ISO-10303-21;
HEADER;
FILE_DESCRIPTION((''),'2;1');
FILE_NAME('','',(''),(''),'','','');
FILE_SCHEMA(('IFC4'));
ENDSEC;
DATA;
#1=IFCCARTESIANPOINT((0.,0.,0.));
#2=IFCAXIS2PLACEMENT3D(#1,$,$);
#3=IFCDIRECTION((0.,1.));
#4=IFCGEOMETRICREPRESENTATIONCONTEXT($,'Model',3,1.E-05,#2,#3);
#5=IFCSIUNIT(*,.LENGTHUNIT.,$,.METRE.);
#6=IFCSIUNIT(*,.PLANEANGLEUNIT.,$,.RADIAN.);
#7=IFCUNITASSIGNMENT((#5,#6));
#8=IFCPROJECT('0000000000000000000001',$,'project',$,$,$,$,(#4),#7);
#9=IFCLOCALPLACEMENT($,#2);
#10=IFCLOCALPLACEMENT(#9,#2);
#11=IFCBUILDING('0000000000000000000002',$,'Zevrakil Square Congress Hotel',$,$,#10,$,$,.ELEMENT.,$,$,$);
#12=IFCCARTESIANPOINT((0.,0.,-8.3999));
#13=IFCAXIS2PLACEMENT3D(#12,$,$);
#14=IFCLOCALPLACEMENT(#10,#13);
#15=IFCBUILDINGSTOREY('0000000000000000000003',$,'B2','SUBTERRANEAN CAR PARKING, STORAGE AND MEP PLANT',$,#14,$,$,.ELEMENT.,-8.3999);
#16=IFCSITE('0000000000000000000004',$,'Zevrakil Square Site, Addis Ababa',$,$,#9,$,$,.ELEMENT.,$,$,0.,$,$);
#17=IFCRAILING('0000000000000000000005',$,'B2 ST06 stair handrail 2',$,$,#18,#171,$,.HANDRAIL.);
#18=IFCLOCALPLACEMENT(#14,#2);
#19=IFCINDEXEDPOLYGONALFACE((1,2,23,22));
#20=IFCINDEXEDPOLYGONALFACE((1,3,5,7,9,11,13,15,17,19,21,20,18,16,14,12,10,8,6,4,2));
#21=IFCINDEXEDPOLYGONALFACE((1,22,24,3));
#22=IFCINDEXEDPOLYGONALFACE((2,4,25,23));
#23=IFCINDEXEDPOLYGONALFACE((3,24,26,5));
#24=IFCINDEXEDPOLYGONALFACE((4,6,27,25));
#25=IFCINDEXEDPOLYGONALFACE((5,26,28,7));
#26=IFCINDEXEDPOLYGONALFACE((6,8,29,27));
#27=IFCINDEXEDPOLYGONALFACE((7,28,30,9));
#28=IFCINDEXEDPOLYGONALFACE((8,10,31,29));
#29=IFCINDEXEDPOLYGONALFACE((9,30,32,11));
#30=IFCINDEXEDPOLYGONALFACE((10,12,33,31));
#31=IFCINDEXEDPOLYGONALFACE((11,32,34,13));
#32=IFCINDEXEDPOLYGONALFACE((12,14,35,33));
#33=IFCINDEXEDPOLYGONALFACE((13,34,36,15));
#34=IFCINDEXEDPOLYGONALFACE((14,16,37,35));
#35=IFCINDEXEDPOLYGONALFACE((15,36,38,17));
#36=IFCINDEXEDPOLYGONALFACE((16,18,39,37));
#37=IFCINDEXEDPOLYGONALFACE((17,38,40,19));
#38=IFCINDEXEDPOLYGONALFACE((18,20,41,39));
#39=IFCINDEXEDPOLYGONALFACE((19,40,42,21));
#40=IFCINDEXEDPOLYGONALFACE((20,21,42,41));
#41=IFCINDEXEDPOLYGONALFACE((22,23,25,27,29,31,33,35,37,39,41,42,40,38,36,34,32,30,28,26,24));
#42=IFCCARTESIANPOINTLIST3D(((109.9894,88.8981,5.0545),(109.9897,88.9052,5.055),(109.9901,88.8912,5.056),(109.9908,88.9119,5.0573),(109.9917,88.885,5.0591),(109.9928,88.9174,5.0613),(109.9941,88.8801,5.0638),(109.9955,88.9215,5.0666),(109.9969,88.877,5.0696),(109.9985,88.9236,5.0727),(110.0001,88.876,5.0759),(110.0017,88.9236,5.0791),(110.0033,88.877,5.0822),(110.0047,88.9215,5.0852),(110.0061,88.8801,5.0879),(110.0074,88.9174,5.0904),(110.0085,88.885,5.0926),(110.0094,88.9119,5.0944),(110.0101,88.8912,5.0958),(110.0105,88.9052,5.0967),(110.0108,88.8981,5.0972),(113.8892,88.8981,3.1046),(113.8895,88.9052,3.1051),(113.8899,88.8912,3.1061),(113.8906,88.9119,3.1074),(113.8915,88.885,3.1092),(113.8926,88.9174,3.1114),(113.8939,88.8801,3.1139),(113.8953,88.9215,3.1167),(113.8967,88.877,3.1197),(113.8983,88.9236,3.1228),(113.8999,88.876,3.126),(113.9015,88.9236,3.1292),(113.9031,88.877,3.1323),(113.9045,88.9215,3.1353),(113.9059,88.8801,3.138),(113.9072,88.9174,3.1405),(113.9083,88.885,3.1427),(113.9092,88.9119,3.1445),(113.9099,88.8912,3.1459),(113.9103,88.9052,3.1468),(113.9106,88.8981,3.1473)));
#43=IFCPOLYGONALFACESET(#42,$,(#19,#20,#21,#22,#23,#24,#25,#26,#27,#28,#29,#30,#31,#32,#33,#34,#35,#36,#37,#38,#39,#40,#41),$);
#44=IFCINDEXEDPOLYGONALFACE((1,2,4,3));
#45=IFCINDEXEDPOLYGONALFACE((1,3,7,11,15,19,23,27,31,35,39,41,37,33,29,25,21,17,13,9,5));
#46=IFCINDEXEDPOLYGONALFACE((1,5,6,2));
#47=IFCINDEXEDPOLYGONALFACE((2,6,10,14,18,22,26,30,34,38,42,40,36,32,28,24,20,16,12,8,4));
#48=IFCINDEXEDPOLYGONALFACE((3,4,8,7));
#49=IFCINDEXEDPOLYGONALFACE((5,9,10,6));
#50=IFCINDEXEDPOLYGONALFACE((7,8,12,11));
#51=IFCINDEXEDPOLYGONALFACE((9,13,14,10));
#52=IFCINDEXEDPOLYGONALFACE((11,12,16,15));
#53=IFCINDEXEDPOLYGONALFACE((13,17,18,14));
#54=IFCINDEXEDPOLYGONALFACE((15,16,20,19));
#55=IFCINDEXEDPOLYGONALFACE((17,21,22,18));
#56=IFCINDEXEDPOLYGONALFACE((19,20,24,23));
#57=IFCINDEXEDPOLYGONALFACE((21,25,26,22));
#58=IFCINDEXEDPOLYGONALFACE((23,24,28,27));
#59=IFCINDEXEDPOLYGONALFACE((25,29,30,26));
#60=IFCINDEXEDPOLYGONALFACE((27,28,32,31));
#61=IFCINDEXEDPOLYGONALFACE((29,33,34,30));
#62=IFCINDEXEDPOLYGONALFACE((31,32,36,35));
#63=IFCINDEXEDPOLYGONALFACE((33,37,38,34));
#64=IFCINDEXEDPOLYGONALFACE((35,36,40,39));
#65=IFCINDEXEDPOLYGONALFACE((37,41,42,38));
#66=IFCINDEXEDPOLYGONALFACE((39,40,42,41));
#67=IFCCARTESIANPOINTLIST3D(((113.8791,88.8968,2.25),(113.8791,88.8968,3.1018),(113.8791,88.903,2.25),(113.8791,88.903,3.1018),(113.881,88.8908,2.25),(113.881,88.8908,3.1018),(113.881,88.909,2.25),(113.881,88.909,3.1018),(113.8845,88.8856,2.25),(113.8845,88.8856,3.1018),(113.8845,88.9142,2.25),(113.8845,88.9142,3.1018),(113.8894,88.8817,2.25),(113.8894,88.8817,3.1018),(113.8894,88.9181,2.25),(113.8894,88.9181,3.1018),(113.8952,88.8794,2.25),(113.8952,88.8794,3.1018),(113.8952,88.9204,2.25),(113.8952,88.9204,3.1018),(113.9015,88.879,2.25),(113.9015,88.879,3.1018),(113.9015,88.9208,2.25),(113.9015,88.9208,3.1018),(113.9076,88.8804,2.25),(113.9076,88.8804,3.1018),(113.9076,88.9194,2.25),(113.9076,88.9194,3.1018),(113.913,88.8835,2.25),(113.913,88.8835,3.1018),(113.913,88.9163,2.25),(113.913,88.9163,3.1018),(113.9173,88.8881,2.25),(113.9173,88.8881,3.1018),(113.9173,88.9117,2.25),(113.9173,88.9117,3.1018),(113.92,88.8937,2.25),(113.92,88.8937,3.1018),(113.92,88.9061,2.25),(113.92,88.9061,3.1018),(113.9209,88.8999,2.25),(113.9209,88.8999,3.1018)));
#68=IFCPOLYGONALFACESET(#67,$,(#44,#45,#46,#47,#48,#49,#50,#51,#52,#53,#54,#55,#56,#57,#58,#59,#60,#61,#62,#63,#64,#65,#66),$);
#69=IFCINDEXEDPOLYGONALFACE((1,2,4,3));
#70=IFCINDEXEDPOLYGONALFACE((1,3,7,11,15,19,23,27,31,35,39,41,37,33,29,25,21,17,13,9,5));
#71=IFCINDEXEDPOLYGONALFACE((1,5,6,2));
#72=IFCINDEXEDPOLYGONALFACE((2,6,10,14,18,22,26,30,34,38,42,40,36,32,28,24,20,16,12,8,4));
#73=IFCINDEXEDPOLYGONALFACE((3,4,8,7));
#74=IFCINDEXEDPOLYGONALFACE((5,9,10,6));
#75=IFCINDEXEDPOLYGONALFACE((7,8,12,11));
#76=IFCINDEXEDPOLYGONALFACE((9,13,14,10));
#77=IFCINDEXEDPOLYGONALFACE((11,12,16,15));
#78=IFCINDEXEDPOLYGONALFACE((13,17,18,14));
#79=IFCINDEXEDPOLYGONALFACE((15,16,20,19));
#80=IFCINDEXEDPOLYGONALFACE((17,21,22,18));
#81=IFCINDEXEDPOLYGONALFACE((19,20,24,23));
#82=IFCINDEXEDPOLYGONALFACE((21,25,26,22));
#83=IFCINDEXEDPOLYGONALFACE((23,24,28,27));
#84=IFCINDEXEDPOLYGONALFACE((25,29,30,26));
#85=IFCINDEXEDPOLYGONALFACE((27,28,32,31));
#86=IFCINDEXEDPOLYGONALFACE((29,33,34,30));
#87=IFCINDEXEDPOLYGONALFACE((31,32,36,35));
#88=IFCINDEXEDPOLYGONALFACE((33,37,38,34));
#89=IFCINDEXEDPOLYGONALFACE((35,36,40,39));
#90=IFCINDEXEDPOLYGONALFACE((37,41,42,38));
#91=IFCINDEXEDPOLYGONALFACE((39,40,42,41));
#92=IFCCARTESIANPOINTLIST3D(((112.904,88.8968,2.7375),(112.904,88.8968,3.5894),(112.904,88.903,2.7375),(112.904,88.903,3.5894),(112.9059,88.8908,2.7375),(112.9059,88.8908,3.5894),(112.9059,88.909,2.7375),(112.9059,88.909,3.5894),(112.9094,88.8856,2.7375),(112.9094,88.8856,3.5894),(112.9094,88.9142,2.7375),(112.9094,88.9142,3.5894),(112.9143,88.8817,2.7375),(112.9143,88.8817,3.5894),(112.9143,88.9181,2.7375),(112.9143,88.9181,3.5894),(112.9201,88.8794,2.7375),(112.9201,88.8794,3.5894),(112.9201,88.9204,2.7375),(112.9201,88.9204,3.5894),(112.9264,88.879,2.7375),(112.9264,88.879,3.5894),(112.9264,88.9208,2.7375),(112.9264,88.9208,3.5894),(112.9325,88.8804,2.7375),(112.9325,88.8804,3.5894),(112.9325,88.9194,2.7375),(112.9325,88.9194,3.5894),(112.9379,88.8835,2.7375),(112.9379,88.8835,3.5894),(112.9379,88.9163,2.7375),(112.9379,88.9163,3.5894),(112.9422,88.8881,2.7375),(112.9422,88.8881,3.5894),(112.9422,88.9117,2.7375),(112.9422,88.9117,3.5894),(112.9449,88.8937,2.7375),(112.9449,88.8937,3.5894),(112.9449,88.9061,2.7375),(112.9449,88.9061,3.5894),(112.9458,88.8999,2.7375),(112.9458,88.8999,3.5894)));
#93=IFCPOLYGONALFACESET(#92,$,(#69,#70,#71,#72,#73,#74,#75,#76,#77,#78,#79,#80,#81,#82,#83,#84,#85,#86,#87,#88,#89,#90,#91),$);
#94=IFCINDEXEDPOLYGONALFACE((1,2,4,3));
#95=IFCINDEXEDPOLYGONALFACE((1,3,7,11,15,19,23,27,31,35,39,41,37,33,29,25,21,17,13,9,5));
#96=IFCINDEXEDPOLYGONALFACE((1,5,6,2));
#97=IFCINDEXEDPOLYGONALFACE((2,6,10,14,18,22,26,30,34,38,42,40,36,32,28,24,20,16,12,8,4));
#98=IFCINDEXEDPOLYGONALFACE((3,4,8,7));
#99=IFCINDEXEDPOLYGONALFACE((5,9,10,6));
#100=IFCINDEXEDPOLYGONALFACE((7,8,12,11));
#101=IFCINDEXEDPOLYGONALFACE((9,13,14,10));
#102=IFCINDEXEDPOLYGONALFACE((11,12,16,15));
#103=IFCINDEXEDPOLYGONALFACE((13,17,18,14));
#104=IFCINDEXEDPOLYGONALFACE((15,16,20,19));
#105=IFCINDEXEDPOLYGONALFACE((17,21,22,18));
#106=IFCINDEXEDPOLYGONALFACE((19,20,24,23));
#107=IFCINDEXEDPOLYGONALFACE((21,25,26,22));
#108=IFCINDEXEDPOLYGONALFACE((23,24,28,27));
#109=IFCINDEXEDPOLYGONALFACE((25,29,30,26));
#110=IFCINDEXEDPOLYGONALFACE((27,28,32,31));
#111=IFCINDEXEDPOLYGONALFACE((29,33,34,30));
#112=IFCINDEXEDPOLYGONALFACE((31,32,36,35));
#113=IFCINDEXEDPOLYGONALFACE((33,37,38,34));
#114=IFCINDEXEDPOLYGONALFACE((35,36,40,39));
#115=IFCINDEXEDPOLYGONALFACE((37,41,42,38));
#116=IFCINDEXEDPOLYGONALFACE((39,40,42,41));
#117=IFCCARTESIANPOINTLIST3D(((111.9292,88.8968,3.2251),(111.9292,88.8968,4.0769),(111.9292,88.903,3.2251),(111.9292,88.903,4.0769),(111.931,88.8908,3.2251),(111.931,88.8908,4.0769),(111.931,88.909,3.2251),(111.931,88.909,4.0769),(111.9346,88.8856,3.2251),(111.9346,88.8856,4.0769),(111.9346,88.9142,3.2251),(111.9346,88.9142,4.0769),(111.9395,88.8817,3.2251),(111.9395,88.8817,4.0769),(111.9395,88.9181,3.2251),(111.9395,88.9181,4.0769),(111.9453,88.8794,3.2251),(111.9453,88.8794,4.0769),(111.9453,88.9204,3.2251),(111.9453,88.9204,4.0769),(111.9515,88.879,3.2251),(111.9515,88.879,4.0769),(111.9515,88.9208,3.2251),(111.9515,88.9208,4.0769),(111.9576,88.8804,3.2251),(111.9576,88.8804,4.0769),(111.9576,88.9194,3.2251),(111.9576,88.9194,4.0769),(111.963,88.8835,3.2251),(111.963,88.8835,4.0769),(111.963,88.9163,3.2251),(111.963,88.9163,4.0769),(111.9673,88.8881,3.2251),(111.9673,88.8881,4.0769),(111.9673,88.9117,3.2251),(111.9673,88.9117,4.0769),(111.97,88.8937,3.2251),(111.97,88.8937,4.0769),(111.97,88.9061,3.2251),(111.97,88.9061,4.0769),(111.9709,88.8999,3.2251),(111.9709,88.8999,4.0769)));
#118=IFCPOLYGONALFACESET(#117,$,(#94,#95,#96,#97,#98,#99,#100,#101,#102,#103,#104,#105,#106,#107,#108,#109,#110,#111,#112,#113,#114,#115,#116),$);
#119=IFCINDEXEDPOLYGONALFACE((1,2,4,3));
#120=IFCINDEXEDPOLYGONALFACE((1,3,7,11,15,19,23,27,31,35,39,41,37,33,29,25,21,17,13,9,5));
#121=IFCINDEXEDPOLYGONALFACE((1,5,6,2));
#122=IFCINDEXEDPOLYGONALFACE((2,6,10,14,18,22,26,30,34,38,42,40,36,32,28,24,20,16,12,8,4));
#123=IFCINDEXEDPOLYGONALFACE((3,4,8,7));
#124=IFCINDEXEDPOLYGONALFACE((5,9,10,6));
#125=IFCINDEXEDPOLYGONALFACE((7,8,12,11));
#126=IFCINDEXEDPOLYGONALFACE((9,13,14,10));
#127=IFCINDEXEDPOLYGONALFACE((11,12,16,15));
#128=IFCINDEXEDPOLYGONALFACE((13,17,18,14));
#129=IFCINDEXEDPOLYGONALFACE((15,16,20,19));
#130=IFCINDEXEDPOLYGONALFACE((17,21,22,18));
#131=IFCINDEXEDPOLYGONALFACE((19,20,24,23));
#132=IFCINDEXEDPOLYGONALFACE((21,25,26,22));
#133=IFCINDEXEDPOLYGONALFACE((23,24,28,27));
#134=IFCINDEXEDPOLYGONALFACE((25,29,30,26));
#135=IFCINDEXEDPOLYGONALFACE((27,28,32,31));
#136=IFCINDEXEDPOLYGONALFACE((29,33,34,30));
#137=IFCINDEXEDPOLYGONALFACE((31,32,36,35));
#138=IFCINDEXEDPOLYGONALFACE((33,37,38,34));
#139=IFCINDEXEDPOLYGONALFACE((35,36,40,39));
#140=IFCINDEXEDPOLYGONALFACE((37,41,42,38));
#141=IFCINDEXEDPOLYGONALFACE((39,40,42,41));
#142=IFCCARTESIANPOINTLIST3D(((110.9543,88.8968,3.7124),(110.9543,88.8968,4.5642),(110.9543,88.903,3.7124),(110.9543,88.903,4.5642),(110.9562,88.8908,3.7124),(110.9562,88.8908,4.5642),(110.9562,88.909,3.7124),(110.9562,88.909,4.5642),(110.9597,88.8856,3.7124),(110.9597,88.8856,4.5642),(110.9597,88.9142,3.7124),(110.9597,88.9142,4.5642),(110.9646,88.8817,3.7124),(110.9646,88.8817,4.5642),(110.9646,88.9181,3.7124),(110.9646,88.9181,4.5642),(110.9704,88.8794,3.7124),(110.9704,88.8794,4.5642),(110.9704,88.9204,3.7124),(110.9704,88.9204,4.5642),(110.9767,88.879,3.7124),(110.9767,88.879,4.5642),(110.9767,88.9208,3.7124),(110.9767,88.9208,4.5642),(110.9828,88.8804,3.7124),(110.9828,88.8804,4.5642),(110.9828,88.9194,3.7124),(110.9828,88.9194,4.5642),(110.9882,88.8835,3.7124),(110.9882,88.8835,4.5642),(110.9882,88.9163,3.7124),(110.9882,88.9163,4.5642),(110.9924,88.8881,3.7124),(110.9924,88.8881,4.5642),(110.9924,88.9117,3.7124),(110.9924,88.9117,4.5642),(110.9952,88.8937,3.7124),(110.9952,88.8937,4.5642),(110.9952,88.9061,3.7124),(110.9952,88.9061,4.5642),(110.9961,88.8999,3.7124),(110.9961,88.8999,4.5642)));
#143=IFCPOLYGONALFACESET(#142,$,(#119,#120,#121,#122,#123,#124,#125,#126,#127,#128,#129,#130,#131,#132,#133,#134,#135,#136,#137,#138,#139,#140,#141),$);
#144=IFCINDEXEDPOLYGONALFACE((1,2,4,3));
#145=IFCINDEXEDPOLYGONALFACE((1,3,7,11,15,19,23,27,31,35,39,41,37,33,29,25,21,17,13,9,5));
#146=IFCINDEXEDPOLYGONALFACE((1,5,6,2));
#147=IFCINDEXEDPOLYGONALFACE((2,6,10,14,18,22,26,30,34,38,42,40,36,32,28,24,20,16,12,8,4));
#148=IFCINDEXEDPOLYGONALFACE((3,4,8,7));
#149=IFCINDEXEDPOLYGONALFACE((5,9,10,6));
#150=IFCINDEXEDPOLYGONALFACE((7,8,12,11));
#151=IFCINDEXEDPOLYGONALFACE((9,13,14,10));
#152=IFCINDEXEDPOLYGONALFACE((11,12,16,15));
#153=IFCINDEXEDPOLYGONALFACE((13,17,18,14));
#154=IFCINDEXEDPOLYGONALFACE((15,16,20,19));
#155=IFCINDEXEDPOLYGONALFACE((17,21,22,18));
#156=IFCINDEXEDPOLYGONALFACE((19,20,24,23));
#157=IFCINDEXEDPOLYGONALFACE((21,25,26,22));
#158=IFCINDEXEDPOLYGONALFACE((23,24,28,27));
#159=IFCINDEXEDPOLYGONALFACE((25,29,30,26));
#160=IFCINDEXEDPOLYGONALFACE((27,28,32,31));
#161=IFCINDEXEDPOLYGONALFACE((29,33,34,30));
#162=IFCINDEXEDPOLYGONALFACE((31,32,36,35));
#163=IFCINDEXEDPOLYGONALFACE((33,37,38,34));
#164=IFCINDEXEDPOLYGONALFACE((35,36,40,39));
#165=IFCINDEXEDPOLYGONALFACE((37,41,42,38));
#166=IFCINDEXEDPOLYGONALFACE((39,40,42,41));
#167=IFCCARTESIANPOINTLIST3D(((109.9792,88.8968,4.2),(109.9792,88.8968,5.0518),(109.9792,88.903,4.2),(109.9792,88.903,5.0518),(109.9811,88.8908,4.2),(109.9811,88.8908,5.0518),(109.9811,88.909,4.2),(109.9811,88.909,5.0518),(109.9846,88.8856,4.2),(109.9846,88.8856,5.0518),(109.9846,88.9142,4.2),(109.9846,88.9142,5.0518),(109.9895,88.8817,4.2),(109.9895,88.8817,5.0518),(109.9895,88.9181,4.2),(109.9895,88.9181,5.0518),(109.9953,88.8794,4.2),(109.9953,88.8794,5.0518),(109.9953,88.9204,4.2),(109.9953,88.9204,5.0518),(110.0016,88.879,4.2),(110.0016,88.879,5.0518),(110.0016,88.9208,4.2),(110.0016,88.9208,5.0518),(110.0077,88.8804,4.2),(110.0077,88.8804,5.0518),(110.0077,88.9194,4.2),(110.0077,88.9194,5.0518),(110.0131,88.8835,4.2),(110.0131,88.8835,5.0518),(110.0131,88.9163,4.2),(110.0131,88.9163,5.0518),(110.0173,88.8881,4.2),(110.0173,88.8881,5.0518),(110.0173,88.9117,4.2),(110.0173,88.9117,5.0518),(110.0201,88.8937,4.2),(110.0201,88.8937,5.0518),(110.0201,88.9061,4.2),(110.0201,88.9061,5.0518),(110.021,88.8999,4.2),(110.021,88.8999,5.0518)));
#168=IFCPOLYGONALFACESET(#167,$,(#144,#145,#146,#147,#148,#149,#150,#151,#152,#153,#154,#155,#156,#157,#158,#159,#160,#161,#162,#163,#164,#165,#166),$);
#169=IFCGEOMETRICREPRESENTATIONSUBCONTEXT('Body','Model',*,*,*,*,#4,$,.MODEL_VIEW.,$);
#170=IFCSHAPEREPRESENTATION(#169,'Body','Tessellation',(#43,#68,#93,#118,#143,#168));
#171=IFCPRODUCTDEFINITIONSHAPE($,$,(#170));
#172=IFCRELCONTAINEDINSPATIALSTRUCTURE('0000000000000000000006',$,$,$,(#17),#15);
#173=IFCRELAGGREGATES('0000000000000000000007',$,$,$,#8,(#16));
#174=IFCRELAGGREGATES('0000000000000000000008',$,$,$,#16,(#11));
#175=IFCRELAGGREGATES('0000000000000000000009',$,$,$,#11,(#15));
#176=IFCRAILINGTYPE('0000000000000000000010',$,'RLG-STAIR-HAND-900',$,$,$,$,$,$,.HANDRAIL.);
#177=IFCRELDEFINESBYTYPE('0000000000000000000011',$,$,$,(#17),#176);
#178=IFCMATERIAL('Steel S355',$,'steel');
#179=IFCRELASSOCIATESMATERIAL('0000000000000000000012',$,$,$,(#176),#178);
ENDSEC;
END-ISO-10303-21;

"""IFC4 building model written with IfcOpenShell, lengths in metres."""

from ifc_helpers import new_model, si_unit, direction, frame, origin, origin_2d, place, context, subcontext, project, spatial, circle, extrude, material, type_object, element, save


model = new_model("IFC4")

# Units and contexts
model_context = context("Model", 3, precision=1e-05, world=origin(), true_north=direction((0.0, 1.0)))
body_context = subcontext(model_context, "Body", "Model", "MODEL_VIEW")
ifc_project = project(units=[si_unit("LENGTHUNIT", "METRE"), si_unit("PLANEANGLEUNIT", "RADIAN")], contexts=[model_context])

# Site, building, storey
site_placement = place(None, origin())
site = spatial("IfcSite", under=ifc_project, at=site_placement, Name="Zevrakil Square Site, Addis Ababa", CompositionType="ELEMENT", RefElevation=0.0)
building_placement = place(site_placement, origin())
building = spatial("IfcBuilding", under=site, at=building_placement, Name="Zevrakil Square Congress Hotel", CompositionType="ELEMENT")
storey_placement = place(building_placement, frame((0.0, 0.0, -8.3999)))
storey = spatial("IfcBuildingStorey", under=building, at=storey_placement, Name="B2", Description="SUBTERRANEAN CAR PARKING, STORAGE AND MEP PLANT", CompositionType="ELEMENT", Elevation=-8.3999)

# Railing
ifc_material_1 = material(Name="Steel S355", Category="steel")
railing_type_1 = type_object("IfcRailingType", Name="RLG-STAIR-HAND-900", PredefinedType="HANDRAIL", material=ifc_material_1)
railing_1_placement = place(storey_placement, frame((113.8999, 88.8999, 2.25)))
element("IfcRailing", 1, at=railing_1_placement, inside=storey, type_object=railing_type_1, Name="B2 ST06 stair handrail 2", PredefinedType="HANDRAIL", context=body_context, shape_type="SweptSolid", body=[
    extrude(circle(Radius=0.0239, at=origin_2d()), frame((0.0, 0.0, 0.876), z_axis=(-0.894427, 0.0, 0.447214), x_axis=(0.0, -1.0, 0.0)), (0.0, 0.0, 1.0), 4.3601),
    extrude(circle(Radius=0.021, at=origin_2d()), origin(), (0.0, 0.0, 1.0), 0.8518),
    extrude(circle(Radius=0.021, at=origin_2d()), frame((-0.9751, 0.0, 0.4875)), (0.0, 0.0, 1.0), 0.8518),
    extrude(circle(Radius=0.021, at=origin_2d()), frame((-1.95, 0.0, 0.9751)), (0.0, 0.0, 1.0), 0.8518),
    extrude(circle(Radius=0.021, at=origin_2d()), frame((-2.9248, 0.0, 1.4624)), (0.0, 0.0, 1.0), 0.8518),
    extrude(circle(Radius=0.021, at=origin_2d()), frame((-3.8999, 0.0, 1.95)), (0.0, 0.0, 1.0), 0.8518),
])

save(model, "model.ifc")
